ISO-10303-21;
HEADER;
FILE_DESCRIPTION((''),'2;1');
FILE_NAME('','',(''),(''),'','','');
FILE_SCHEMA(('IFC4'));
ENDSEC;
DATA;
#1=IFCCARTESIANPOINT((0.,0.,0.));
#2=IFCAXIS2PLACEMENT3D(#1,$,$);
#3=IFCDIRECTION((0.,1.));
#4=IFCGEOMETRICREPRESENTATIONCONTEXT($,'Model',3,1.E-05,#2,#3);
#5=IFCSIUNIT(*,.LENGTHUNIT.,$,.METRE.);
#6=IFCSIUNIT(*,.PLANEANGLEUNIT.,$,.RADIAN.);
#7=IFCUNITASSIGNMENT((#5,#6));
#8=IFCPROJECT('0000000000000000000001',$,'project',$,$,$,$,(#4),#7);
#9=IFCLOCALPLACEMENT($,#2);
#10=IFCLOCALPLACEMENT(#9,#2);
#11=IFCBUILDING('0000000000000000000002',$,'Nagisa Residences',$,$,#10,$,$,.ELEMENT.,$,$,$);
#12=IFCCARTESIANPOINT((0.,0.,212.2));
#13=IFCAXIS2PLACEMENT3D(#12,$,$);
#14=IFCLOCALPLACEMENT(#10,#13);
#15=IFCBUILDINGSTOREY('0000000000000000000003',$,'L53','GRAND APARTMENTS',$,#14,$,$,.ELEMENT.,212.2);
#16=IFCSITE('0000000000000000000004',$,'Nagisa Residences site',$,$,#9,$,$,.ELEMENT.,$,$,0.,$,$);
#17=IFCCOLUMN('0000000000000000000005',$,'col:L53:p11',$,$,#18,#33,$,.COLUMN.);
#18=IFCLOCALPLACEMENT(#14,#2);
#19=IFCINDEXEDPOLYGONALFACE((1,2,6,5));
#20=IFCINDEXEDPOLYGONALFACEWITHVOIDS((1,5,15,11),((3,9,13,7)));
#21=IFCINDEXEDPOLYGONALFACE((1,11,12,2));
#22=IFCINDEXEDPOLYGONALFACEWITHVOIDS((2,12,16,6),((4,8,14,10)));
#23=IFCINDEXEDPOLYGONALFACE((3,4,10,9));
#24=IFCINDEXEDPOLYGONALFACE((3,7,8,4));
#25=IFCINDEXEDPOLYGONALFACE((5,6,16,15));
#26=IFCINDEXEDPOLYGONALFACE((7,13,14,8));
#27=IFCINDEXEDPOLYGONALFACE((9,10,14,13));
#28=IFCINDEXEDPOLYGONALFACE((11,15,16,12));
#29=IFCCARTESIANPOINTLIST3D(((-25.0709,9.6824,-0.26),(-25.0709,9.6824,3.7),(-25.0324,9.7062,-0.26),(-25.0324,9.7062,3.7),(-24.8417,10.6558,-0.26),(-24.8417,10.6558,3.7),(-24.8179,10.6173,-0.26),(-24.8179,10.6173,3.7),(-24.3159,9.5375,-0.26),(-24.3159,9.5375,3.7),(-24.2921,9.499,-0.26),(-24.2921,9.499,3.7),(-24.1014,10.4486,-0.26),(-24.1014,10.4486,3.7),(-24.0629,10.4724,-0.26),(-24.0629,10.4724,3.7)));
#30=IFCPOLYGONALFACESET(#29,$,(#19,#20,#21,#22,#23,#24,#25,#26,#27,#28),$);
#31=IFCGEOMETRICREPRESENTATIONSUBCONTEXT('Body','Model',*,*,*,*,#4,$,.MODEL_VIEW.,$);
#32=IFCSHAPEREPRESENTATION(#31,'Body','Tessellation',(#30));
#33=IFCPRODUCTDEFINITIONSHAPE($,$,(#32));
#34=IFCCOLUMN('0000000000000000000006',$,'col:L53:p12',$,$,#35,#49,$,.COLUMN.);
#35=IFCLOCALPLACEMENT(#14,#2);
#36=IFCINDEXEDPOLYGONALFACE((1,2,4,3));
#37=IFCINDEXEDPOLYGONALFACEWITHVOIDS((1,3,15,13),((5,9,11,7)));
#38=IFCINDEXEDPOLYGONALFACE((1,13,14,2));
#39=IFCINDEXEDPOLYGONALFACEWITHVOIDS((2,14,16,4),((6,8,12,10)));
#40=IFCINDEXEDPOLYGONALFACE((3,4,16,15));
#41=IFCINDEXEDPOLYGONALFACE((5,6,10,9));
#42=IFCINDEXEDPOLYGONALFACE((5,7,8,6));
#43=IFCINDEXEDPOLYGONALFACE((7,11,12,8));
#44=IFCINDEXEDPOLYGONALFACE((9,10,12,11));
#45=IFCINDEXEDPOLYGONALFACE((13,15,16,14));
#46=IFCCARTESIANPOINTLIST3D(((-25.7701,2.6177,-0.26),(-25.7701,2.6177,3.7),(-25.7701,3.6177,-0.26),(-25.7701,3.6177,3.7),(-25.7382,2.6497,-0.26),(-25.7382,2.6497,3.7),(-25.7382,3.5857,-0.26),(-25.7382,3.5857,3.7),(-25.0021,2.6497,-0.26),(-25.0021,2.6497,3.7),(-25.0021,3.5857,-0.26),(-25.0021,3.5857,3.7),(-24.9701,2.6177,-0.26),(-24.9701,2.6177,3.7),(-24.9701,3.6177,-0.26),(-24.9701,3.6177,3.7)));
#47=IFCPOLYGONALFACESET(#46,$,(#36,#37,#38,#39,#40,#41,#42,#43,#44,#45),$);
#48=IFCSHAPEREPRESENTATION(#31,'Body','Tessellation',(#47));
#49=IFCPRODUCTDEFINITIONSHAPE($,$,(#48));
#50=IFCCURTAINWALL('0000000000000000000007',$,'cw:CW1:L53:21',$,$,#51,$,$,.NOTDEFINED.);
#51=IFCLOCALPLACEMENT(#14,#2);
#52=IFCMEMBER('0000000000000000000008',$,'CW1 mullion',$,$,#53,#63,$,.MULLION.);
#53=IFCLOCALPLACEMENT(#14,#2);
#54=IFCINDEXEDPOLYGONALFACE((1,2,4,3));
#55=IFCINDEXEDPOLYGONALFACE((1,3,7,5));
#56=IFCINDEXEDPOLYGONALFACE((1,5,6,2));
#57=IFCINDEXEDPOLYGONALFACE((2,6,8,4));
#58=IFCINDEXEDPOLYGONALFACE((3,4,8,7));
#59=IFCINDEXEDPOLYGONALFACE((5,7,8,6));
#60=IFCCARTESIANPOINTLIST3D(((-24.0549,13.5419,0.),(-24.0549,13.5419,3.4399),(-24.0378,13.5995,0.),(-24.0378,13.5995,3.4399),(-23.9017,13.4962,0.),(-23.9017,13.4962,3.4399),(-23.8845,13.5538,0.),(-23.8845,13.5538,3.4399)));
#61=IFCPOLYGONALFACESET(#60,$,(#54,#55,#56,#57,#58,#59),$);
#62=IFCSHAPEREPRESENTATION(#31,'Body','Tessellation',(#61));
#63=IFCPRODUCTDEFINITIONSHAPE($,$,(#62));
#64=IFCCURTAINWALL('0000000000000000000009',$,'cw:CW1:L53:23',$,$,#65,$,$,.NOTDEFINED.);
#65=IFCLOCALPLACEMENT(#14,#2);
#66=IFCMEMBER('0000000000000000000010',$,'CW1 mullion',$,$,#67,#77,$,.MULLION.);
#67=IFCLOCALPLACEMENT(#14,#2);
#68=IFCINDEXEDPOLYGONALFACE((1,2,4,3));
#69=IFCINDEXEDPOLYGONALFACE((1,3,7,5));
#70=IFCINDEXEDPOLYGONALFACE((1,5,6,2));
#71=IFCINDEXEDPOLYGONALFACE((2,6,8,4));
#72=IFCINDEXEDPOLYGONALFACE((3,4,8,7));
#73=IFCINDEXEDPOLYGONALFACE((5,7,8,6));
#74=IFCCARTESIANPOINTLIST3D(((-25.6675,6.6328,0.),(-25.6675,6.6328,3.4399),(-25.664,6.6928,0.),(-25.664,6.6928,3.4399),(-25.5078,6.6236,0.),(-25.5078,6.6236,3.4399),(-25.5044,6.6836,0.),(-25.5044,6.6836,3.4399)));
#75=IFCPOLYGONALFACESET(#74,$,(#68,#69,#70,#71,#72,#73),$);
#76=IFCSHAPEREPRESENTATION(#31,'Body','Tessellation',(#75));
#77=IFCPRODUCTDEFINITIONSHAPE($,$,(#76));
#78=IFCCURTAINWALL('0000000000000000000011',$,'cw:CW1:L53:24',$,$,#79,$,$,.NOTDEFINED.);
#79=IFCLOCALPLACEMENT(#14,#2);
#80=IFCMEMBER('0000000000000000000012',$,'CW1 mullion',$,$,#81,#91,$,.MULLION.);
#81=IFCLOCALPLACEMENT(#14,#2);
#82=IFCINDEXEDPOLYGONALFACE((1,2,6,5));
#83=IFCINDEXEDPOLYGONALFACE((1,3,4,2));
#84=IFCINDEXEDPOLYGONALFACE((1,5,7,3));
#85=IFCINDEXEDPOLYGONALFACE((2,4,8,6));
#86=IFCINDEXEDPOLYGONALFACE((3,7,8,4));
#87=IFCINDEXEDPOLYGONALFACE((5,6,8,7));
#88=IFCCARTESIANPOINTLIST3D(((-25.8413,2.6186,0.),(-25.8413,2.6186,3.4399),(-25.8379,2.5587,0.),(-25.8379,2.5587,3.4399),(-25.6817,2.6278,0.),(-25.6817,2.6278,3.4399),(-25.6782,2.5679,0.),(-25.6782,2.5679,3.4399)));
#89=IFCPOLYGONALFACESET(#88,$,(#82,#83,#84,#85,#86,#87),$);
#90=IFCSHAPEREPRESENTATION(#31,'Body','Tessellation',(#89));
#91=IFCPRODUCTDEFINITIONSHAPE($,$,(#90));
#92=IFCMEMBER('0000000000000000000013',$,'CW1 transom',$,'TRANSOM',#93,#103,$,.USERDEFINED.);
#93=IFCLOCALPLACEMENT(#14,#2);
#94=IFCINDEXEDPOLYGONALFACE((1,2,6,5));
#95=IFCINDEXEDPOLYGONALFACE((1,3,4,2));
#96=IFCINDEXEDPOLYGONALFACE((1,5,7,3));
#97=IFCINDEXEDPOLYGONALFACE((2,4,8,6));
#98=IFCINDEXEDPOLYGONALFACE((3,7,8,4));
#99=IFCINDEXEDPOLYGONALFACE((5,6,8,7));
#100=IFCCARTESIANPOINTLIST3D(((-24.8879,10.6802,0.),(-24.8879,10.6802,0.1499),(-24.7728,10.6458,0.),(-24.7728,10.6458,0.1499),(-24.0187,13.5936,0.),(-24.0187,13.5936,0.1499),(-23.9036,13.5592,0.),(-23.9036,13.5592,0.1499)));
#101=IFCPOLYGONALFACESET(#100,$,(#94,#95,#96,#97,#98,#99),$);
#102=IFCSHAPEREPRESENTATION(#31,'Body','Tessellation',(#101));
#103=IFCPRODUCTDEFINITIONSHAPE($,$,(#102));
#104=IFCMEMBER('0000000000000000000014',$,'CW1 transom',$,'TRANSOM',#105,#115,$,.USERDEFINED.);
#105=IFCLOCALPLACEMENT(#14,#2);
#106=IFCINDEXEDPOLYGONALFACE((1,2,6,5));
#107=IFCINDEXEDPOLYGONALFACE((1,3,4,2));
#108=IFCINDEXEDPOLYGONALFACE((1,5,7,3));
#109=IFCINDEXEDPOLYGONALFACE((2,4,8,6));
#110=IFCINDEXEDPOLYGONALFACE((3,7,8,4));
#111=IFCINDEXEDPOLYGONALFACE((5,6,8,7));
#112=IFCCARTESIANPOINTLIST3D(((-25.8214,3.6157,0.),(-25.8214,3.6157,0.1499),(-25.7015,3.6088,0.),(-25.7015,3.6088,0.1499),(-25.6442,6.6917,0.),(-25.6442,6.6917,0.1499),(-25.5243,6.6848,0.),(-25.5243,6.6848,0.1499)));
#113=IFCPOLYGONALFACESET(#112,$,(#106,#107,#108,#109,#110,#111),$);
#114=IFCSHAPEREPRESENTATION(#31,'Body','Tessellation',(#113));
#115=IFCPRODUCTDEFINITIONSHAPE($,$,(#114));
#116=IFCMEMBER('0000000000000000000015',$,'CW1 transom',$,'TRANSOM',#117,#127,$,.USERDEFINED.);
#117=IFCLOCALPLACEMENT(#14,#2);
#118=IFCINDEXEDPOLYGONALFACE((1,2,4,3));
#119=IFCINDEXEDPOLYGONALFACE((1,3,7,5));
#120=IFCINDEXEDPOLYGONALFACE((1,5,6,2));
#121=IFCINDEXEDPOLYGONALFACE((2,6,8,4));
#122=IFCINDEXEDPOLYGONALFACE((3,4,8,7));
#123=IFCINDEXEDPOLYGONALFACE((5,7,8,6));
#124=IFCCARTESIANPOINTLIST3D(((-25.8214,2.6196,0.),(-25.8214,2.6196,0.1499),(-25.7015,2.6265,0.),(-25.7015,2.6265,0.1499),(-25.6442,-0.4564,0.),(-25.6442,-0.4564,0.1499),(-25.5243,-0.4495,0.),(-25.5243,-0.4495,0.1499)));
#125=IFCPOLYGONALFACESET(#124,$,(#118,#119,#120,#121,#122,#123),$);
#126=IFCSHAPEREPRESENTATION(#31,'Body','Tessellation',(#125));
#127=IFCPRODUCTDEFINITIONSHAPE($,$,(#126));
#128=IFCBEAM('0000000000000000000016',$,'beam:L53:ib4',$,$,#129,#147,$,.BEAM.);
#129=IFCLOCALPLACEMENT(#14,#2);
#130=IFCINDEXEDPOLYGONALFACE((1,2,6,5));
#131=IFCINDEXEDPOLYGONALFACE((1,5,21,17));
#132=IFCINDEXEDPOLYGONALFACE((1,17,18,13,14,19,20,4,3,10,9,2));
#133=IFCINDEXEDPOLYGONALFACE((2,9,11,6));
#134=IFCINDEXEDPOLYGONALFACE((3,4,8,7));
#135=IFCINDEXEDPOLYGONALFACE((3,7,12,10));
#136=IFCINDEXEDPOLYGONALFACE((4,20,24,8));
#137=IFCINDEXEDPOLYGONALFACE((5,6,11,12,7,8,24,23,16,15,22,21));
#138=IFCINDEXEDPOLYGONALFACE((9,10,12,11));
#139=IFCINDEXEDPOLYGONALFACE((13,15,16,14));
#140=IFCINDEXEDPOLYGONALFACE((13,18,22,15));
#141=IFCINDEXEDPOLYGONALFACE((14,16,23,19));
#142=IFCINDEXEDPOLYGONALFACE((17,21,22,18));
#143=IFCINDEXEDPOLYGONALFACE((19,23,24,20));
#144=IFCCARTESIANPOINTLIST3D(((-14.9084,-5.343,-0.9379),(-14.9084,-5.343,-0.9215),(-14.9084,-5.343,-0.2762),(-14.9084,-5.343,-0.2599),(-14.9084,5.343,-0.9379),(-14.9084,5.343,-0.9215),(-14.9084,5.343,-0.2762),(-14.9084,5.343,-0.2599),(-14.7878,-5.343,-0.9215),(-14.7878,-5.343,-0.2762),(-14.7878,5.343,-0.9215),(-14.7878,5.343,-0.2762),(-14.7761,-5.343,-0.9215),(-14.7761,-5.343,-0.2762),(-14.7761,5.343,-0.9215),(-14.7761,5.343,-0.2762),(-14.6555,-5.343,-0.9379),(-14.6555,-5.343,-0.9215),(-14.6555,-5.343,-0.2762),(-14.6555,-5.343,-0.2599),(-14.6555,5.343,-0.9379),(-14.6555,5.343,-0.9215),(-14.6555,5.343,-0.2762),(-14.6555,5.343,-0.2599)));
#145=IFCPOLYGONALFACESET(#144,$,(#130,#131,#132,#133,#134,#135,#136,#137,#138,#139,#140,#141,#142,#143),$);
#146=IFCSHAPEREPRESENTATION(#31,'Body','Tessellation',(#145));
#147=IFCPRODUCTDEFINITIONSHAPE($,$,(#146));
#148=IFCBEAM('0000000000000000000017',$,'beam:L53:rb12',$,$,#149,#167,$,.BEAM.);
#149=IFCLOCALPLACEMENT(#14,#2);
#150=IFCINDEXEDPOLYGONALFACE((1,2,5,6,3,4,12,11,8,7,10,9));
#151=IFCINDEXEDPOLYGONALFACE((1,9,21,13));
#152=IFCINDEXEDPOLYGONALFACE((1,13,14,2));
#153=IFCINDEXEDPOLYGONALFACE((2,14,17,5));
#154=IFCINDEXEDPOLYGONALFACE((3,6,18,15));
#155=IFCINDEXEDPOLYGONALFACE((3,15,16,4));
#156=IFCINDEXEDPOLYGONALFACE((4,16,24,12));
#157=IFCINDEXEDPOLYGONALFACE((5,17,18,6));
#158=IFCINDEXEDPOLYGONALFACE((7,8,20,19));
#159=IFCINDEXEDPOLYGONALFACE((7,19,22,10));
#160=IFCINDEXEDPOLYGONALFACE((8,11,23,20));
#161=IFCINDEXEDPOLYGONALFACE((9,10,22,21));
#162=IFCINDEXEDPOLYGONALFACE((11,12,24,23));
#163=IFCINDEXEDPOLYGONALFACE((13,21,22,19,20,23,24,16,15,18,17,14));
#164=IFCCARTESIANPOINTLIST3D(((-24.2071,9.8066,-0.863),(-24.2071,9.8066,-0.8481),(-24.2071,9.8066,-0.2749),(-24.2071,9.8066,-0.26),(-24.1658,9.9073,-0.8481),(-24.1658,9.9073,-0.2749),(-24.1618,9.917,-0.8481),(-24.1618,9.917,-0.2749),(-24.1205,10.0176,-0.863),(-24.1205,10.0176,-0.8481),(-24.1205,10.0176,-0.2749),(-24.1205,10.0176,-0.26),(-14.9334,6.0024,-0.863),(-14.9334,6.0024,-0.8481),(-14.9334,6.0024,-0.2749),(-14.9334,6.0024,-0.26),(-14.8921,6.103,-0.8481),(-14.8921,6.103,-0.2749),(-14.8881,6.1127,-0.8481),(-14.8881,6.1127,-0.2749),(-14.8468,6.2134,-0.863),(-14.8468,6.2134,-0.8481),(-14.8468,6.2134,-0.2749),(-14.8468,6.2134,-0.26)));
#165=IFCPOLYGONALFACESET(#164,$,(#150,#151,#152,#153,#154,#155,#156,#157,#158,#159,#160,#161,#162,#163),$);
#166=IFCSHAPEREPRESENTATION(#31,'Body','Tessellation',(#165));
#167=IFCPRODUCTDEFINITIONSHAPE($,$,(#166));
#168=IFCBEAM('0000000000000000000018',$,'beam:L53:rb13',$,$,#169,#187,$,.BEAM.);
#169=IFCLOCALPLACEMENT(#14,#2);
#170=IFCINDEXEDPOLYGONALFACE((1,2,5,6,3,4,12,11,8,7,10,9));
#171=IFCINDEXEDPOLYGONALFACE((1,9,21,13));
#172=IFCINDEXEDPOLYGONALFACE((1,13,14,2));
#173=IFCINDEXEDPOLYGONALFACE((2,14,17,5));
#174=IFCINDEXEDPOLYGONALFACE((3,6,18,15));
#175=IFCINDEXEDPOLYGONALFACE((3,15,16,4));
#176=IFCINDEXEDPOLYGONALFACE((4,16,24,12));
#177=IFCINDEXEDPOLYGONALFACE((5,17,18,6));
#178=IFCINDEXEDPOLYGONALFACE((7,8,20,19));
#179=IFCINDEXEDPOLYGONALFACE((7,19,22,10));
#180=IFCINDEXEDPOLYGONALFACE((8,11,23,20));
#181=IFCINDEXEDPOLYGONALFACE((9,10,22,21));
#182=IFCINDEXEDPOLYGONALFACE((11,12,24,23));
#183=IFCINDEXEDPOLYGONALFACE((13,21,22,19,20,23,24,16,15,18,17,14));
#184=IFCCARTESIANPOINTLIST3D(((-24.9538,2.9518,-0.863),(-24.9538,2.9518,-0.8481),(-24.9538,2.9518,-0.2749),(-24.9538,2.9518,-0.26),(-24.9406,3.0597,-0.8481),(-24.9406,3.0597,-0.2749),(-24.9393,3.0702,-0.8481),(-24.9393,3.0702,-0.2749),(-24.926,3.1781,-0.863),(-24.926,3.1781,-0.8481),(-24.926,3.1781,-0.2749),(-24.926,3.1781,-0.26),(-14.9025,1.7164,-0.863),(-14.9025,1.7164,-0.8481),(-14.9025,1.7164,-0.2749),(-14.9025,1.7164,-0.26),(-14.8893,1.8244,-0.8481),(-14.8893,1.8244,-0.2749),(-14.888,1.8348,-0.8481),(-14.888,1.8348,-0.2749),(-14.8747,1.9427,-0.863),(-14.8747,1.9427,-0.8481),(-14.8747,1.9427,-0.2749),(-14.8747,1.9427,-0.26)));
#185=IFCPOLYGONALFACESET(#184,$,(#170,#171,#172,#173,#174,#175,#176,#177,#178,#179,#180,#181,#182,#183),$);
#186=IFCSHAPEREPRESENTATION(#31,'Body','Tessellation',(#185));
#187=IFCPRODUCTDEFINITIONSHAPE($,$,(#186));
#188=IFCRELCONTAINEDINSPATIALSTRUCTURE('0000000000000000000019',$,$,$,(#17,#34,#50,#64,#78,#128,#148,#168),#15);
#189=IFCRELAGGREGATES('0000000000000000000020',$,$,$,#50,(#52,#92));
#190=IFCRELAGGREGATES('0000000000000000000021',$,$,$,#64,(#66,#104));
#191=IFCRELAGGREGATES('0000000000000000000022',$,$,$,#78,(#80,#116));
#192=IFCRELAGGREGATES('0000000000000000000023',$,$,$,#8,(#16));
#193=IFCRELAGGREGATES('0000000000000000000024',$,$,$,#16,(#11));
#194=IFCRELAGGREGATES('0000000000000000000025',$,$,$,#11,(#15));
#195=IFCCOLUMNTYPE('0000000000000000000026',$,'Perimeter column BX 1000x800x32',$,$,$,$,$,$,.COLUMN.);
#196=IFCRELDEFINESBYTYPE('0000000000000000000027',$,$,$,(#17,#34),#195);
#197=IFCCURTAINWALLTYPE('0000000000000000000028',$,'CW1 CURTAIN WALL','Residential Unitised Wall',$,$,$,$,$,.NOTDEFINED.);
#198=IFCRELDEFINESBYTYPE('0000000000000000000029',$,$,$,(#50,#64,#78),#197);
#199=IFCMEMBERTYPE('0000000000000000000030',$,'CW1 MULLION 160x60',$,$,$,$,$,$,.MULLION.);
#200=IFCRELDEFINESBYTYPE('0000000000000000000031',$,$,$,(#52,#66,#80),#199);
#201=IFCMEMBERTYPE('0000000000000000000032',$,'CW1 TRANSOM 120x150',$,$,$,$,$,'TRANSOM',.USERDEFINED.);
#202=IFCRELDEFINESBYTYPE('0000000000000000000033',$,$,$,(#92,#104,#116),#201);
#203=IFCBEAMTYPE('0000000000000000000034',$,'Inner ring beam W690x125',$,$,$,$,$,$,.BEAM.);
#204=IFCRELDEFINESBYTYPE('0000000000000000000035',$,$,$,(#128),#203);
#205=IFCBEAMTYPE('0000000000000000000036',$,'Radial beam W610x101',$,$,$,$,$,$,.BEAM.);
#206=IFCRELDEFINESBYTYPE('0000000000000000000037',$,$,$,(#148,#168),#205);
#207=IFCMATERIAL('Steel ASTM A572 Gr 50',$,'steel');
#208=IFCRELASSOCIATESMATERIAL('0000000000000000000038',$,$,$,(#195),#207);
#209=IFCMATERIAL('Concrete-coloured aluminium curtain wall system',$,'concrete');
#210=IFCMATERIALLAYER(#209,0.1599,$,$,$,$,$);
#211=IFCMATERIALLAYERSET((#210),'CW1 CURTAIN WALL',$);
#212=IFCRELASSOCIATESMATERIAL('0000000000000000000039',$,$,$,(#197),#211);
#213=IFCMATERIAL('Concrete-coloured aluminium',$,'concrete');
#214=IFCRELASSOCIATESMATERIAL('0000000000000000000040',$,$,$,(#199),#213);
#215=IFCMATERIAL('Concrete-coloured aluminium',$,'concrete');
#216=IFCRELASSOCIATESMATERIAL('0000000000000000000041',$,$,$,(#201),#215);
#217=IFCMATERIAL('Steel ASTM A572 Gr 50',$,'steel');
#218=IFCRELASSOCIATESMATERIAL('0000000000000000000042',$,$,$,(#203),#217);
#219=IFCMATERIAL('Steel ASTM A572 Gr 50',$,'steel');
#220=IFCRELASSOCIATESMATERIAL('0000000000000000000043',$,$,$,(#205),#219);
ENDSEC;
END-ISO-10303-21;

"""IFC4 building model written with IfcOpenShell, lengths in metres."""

from ifc_helpers import new_model, si_unit, direction, frame, origin, origin_2d, place, context, subcontext, project, spatial, rectangle, hollow_rectangle, i_section, extrude, material, layer, layer_set, material_profile, profile_set, type_object, element, aggregate, save


model = new_model("IFC4")

# Units and contexts
model_context = context("Model", 3, precision=1e-05, world=origin(), true_north=direction((0.0, 1.0)))
body_context = subcontext(model_context, "Body", "Model", "MODEL_VIEW")
ifc_project = project(units=[si_unit("LENGTHUNIT", "METRE"), si_unit("PLANEANGLEUNIT", "RADIAN")], contexts=[model_context])

# Site, building, storey
site_placement = place(None, origin())
site = spatial("IfcSite", under=ifc_project, at=site_placement, Name="Nagisa Residences site", CompositionType="ELEMENT", RefElevation=0.0)
building_placement = place(site_placement, origin())
building = spatial("IfcBuilding", under=site, at=building_placement, Name="Nagisa Residences", CompositionType="ELEMENT")
storey_placement = place(building_placement, frame((0.0, 0.0, 212.2)))
storey = spatial("IfcBuildingStorey", under=building, at=storey_placement, Name="L53", Description="GRAND APARTMENTS", CompositionType="ELEMENT", Elevation=212.2)

# Columns
ifc_material_1 = material(Name="Steel ASTM A572 Gr 50", Category="steel")
ifc_material_profile_1 = material_profile(ifc_material_1, hollow_rectangle(XDim=1.0, YDim=0.8, WallThickness=0.032, at=origin_2d()), Name="BX 1000x800x32")
ifc_profile_set_1 = profile_set([ifc_material_profile_1], Name="Steel ASTM A572 Gr 50")
column_type = type_object("IfcColumnType", Name="Perimeter column BX 1000x800x32", PredefinedType="COLUMN", material=ifc_profile_set_1)
for number, where, z_axis, x_axis, name in (
    (1, (-24.5669, 10.0774, -0.26), (0.0, 0.0, 1.0), (-0.229202, -0.973379, 0.0), "col:L53:p11"),
    (2, (-25.3701, 3.1177, -0.26), (0.0, 0.0, 1.0), (0.0, -1.0, 0.0), "col:L53:p12"),
):
    element("IfcColumn", number, at=place(storey_placement, frame(where, z_axis=z_axis, x_axis=x_axis)), inside=storey, type_object=column_type, Name=name, PredefinedType="COLUMN", context=body_context, shape_type="SweptSolid", body=[
        extrude(hollow_rectangle(XDim=1.0, YDim=0.8, WallThickness=0.032, at=origin_2d()), origin(), (0.0, 0.0, 1.0), 3.96),
    ])

# Curtain walls, members
ifc_material_2 = material(Name="Concrete-coloured aluminium curtain wall system", Category="concrete")
ifc_layer_1 = layer(ifc_material_2, 0.1599)
ifc_layer_set_1 = layer_set([ifc_layer_1], Name="CW1 CURTAIN WALL")
curtain_wall_type = type_object("IfcCurtainWallType", Name="CW1 CURTAIN WALL", Description="Residential Unitised Wall", PredefinedType="NOTDEFINED", material=ifc_layer_set_1)
curtain_wall_1_placement = place(storey_placement, origin())
curtain_wall_1 = element("IfcCurtainWall", 3, at=curtain_wall_1_placement, inside=storey, type_object=curtain_wall_type, Name="cw:CW1:L53:21", PredefinedType="NOTDEFINED")
ifc_material_3 = material(Name="Concrete-coloured aluminium", Category="concrete")
ifc_material_profile_2 = material_profile(ifc_material_3, rectangle(XDim=0.1599, YDim=0.0601, at=origin_2d()), Name="CW1 MULLION 160x60")
ifc_profile_set_2 = profile_set([ifc_material_profile_2], Name="Concrete-coloured aluminium")
member_type_1 = type_object("IfcMemberType", Name="CW1 MULLION 160x60", PredefinedType="MULLION", material=ifc_profile_set_2)
member_1_placement = place(storey_placement, frame((-23.9697, 13.5479, 0.0), z_axis=(0.0, 0.0, 1.0), x_axis=(0.958271, -0.28586, 0.0)))
member_1 = element("IfcMember", 4, at=member_1_placement, type_object=member_type_1, Name="CW1 mullion", PredefinedType="MULLION", context=body_context, shape_type="SweptSolid", body=[
    extrude(rectangle(XDim=0.1599, YDim=0.0601, at=origin_2d()), origin(), (0.0, 0.0, 1.0), 3.4399),
])
curtain_wall_2_placement = place(storey_placement, origin())
curtain_wall_2 = element("IfcCurtainWall", 5, at=curtain_wall_2_placement, inside=storey, type_object=curtain_wall_type, Name="cw:CW1:L53:23", PredefinedType="NOTDEFINED")
member_2_placement = place(storey_placement, frame((-25.5859, 6.6582, 0.0), z_axis=(0.0, 0.0, 1.0), x_axis=(0.998345, -0.057503, 0.0)))
member_2 = element("IfcMember", 6, at=member_2_placement, type_object=member_type_1, Name="CW1 mullion", PredefinedType="MULLION", context=body_context, shape_type="SweptSolid", body=[
    extrude(rectangle(XDim=0.1599, YDim=0.0601, at=origin_2d()), origin(), (0.0, 0.0, 1.0), 3.4399),
])
curtain_wall_3_placement = place(storey_placement, origin())
curtain_wall_3 = element("IfcCurtainWall", 7, at=curtain_wall_3_placement, inside=storey, type_object=curtain_wall_type, Name="cw:CW1:L53:24", PredefinedType="NOTDEFINED")
member_3_placement = place(storey_placement, frame((-25.7598, 2.5933, 0.0), z_axis=(0.0, 0.0, 1.0), x_axis=(0.998345, 0.057503, 0.0)))
member_3 = element("IfcMember", 8, at=member_3_placement, type_object=member_type_1, Name="CW1 mullion", PredefinedType="MULLION", context=body_context, shape_type="SweptSolid", body=[
    extrude(rectangle(XDim=0.1599, YDim=0.0601, at=origin_2d()), origin(), (0.0, 0.0, 1.0), 3.4399),
])

# Members
ifc_material_4 = material(Name="Concrete-coloured aluminium", Category="concrete")
ifc_material_profile_3 = material_profile(ifc_material_4, rectangle(XDim=0.1201, YDim=0.1499, at=origin_2d()), Name="CW1 TRANSOM 120x150")
ifc_profile_set_3 = profile_set([ifc_material_profile_3], Name="Concrete-coloured aluminium")
member_type_2 = type_object("IfcMemberType", Name="CW1 TRANSOM 120x150", ElementType="TRANSOM", PredefinedType="USERDEFINED", material=ifc_profile_set_3)
member_4_placement = place(storey_placement, frame((-23.9612, 13.5764, 0.075), z_axis=(-0.285881, -0.958265, 0.0), x_axis=(0.958265, -0.285881, 0.0)))
member_4 = element("IfcMember", 9, at=member_4_placement, type_object=member_type_2, Name="CW1 transom", ObjectType="TRANSOM", PredefinedType="USERDEFINED", context=body_context, shape_type="SweptSolid", body=[
    extrude(rectangle(XDim=0.1201, YDim=0.1499, at=origin_2d()), origin(), (0.0, 0.0, 1.0), 3.0403),
])
member_5_placement = place(storey_placement, frame((-25.5842, 6.6882, 0.075), z_axis=(-0.057528, -0.998344, 0.0), x_axis=(0.998344, -0.057528, 0.0)))
member_5 = element("IfcMember", 10, at=member_5_placement, type_object=member_type_2, Name="CW1 transom", ObjectType="TRANSOM", PredefinedType="USERDEFINED", context=body_context, shape_type="SweptSolid", body=[
    extrude(rectangle(XDim=0.1201, YDim=0.1499, at=origin_2d()), origin(), (0.0, 0.0, 1.0), 3.0811),
])
member_6_placement = place(storey_placement, frame((-25.7615, 2.623, 0.075), z_axis=(0.057528, -0.998344, 0.0), x_axis=(0.998344, 0.057528, 0.0)))
member_6 = element("IfcMember", 11, at=member_6_placement, type_object=member_type_2, Name="CW1 transom", ObjectType="TRANSOM", PredefinedType="USERDEFINED", context=body_context, shape_type="SweptSolid", body=[
    extrude(rectangle(XDim=0.1201, YDim=0.1499, at=origin_2d()), origin(), (0.0, 0.0, 1.0), 3.0811),
])

# Beams
ifc_material_5 = material(Name="Steel ASTM A572 Gr 50", Category="steel")
ifc_material_profile_4 = material_profile(ifc_material_5, i_section(OverallWidth=0.2529, OverallDepth=0.678, WebThickness=0.0117, FlangeThickness=0.0164, at=origin_2d()), Name="W690x125")
ifc_profile_set_4 = profile_set([ifc_material_profile_4], Name="Steel ASTM A572 Gr 50")
beam_type_1 = type_object("IfcBeamType", Name="Inner ring beam W690x125", PredefinedType="BEAM", material=ifc_profile_set_4)
beam_1_placement = place(storey_placement, frame((-14.782, 5.343, -0.5989), z_axis=(0.0, -1.0, 0.0), x_axis=(1.0, 0.0, 0.0)))
element("IfcBeam", 12, at=beam_1_placement, inside=storey, type_object=beam_type_1, Name="beam:L53:ib4", PredefinedType="BEAM", context=body_context, shape_type="SweptSolid", body=[
    extrude(i_section(OverallWidth=0.2529, OverallDepth=0.678, WebThickness=0.0117, FlangeThickness=0.0164, at=origin_2d()), origin(), (0.0, 0.0, 1.0), 10.686),
])
ifc_material_6 = material(Name="Steel ASTM A572 Gr 50", Category="steel")
ifc_material_profile_5 = material_profile(ifc_material_6, i_section(OverallWidth=0.228, OverallDepth=0.603, WebThickness=0.0105, FlangeThickness=0.0149, at=origin_2d()), Name="W610x101")
ifc_profile_set_5 = profile_set([ifc_material_profile_5], Name="Steel ASTM A572 Gr 50")
beam_type_2 = type_object("IfcBeamType", Name="Radial beam W610x101", PredefinedType="BEAM", material=ifc_profile_set_5)
beam_2_placement = place(storey_placement, frame((-24.1638, 9.9121, -0.5615), z_axis=(0.925182, -0.379523, 0.0), x_axis=(0.379523, 0.925182, 0.0)))
element("IfcBeam", 13, at=beam_2_placement, inside=storey, type_object=beam_type_2, Name="beam:L53:rb12", PredefinedType="BEAM", context=body_context, shape_type="SweptSolid", body=[
    extrude(i_section(OverallWidth=0.228, OverallDepth=0.603, WebThickness=0.0105, FlangeThickness=0.0149, at=origin_2d()), origin(), (0.0, 0.0, 1.0), 10.0237),
])
beam_3_placement = place(storey_placement, frame((-24.9399, 3.0649, -0.5615), z_axis=(0.992532, -0.121987, 0.0), x_axis=(0.121987, 0.992532, 0.0)))
element("IfcBeam", 14, at=beam_3_placement, inside=storey, type_object=beam_type_2, Name="beam:L53:rb13", PredefinedType="BEAM", context=body_context, shape_type="SweptSolid", body=[
    extrude(i_section(OverallWidth=0.228, OverallDepth=0.603, WebThickness=0.0105, FlangeThickness=0.0149, at=origin_2d()), origin(), (0.0, 0.0, 1.0), 10.127),
])

aggregate(curtain_wall_1, [member_1, member_4])
aggregate(curtain_wall_2, [member_2, member_5])
aggregate(curtain_wall_3, [member_3, member_6])

save(model, "model.ifc")
